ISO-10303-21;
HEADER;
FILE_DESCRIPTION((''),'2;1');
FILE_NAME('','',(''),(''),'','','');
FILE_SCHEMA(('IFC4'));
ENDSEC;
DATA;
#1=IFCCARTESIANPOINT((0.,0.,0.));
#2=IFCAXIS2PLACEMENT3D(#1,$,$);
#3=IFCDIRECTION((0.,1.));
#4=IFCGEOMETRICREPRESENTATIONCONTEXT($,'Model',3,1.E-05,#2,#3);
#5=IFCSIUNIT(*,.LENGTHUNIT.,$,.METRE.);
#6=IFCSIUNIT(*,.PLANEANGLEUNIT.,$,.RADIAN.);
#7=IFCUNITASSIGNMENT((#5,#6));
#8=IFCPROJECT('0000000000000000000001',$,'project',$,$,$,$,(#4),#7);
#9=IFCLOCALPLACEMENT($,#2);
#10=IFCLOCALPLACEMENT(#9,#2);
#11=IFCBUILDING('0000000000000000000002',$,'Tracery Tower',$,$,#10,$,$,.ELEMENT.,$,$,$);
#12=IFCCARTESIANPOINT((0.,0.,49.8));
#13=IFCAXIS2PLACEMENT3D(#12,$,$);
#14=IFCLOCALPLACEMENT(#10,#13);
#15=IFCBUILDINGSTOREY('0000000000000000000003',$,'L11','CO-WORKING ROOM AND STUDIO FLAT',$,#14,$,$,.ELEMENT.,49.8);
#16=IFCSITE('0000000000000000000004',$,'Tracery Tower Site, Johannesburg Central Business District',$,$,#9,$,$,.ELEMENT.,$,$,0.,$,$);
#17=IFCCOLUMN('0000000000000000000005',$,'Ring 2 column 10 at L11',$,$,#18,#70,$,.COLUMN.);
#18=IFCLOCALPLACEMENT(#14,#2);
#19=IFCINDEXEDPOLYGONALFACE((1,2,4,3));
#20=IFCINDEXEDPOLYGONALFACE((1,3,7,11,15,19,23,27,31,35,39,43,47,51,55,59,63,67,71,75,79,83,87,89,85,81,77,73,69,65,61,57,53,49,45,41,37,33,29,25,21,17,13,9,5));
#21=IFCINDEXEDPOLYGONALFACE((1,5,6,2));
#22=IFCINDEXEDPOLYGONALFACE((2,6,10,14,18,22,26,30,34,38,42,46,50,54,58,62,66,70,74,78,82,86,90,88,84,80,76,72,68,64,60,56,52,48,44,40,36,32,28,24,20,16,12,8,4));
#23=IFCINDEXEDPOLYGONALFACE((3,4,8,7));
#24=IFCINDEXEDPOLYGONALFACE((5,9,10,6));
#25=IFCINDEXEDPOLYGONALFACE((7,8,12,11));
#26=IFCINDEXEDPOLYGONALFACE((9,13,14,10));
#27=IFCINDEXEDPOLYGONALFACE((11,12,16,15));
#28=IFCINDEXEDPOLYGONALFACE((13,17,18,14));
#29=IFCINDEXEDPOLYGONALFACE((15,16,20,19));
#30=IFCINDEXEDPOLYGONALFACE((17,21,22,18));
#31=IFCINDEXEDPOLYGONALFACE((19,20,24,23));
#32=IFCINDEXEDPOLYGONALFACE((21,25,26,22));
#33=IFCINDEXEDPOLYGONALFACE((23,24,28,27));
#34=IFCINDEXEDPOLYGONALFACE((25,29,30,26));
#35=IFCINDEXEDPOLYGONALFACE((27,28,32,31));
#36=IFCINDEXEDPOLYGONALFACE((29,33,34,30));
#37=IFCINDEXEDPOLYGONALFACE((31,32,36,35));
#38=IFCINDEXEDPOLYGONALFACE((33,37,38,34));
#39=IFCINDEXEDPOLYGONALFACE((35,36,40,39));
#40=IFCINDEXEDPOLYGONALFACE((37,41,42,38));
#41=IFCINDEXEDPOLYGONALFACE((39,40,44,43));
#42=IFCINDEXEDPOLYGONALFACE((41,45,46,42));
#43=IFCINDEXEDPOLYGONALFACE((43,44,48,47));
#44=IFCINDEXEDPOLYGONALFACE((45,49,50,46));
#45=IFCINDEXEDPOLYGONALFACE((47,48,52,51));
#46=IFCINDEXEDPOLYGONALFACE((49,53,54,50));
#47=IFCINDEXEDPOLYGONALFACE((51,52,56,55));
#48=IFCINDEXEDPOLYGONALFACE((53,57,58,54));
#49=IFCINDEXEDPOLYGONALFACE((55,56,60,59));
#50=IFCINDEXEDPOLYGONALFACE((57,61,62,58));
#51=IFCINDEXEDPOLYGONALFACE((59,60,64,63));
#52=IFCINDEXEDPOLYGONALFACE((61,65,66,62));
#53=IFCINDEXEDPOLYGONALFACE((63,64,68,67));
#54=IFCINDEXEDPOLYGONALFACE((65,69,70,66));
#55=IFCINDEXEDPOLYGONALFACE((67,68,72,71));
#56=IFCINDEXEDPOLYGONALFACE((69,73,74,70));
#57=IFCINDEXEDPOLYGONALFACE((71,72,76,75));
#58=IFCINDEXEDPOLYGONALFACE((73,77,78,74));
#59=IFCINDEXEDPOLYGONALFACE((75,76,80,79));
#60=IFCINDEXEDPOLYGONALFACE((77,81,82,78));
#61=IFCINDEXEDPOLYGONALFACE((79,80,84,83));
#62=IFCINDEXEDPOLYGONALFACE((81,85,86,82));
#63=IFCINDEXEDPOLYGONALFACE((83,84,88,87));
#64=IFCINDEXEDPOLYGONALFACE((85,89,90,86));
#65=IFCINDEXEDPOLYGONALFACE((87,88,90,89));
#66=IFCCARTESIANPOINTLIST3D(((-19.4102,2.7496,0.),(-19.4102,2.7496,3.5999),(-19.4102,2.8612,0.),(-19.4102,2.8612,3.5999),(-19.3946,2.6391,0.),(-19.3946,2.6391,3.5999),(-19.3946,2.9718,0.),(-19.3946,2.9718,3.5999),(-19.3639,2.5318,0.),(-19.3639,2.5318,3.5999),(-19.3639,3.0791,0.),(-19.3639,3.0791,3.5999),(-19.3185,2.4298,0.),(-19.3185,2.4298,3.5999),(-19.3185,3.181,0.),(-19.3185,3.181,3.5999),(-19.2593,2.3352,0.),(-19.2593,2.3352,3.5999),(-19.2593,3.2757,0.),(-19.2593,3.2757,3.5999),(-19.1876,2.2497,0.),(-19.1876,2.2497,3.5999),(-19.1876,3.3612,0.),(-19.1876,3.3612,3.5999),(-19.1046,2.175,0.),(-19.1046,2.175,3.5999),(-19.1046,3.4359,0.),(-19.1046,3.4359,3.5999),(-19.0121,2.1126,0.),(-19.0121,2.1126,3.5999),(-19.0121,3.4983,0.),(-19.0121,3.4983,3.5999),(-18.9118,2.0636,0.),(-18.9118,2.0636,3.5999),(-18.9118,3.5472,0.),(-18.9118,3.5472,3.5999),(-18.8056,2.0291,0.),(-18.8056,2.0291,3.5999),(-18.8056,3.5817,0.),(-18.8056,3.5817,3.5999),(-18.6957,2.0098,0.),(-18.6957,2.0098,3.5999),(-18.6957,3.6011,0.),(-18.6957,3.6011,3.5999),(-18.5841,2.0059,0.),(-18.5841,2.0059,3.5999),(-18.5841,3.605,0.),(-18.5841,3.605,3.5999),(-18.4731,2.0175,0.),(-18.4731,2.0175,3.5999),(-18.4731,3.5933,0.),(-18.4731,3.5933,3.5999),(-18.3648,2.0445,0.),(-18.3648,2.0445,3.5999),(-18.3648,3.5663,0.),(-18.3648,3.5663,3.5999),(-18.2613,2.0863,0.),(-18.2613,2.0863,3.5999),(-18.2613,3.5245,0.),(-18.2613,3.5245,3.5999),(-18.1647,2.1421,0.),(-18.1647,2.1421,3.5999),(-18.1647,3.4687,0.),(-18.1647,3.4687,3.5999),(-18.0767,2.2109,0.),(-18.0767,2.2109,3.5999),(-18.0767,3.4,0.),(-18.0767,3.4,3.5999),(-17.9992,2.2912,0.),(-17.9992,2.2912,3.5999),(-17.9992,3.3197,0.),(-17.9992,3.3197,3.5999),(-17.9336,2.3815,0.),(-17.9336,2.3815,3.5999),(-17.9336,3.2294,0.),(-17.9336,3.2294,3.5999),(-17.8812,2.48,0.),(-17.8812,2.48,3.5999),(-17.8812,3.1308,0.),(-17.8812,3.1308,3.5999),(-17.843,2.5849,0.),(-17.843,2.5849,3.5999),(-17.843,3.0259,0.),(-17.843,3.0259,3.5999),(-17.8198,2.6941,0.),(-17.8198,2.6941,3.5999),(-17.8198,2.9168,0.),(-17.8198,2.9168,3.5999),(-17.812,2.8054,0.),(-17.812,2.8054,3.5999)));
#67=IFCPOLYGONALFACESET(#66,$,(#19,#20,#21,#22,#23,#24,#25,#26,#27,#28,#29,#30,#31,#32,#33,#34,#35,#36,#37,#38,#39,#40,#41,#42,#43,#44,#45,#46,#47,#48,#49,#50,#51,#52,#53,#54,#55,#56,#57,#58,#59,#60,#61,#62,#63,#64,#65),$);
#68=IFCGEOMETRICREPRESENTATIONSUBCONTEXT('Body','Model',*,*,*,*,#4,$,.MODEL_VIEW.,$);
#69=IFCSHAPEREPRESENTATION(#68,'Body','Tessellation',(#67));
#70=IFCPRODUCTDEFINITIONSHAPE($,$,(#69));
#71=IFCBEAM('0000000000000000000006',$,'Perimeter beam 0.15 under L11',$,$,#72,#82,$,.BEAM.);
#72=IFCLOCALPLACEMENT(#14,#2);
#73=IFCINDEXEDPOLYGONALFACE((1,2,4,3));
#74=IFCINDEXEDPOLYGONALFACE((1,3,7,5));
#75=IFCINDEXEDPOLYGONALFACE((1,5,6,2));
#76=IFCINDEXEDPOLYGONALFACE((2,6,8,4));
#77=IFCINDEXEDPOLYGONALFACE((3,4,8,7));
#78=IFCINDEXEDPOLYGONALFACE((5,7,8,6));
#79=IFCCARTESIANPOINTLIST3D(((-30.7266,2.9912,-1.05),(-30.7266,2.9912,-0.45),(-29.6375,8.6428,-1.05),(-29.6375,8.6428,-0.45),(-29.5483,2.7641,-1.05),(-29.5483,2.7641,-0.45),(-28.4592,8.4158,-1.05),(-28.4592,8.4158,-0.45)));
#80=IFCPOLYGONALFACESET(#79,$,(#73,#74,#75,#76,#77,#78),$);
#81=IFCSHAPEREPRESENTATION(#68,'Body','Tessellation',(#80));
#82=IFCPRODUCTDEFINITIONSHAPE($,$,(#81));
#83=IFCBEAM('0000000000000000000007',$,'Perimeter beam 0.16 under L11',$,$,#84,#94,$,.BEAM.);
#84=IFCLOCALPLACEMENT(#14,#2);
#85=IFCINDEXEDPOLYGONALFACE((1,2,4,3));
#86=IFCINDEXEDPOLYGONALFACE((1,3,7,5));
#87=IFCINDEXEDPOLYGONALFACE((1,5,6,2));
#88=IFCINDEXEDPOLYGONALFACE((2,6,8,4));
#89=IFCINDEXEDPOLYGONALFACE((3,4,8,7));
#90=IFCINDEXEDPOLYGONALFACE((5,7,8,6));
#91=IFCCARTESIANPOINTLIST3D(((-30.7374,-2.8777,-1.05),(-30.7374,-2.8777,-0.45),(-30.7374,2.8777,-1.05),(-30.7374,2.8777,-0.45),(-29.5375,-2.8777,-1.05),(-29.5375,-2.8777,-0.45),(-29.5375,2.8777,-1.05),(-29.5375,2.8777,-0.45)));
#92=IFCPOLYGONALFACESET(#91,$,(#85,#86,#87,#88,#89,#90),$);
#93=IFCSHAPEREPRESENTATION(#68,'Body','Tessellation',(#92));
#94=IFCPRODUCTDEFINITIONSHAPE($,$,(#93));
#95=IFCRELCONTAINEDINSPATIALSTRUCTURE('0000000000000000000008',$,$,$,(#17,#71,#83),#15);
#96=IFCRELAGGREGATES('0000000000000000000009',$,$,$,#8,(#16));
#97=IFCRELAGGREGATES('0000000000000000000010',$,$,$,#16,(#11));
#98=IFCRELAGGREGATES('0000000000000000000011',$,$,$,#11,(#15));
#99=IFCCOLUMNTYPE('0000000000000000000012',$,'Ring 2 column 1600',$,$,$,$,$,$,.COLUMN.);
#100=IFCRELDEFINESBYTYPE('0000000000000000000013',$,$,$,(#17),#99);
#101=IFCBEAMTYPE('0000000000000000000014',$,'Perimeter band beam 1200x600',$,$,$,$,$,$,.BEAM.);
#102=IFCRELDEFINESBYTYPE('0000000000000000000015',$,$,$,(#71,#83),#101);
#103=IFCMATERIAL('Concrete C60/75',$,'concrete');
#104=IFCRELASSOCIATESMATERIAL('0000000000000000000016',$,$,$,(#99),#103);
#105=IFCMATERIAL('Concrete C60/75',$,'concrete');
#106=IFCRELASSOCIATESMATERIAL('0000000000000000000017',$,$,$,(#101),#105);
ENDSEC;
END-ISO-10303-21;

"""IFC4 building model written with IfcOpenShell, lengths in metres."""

from ifc_helpers import new_model, si_unit, direction, frame, origin, origin_2d, place, context, subcontext, project, spatial, rectangle, circle, extrude, material, material_profile, profile_set, type_object, element, save


model = new_model("IFC4")

# Units and contexts
model_context = context("Model", 3, precision=1e-05, world=origin(), true_north=direction((0.0, 1.0)))
body_context = subcontext(model_context, "Body", "Model", "MODEL_VIEW")
ifc_project = project(units=[si_unit("LENGTHUNIT", "METRE"), si_unit("PLANEANGLEUNIT", "RADIAN")], contexts=[model_context])

# Site, building, storey
site_placement = place(None, origin())
site = spatial("IfcSite", under=ifc_project, at=site_placement, Name="Tracery Tower Site, Johannesburg Central Business District", CompositionType="ELEMENT", RefElevation=0.0)
building_placement = place(site_placement, origin())
building = spatial("IfcBuilding", under=site, at=building_placement, Name="Tracery Tower", CompositionType="ELEMENT")
storey_placement = place(building_placement, frame((0.0, 0.0, 49.8)))
storey = spatial("IfcBuildingStorey", under=building, at=storey_placement, Name="L11", Description="CO-WORKING ROOM AND STUDIO FLAT", CompositionType="ELEMENT", Elevation=49.8)

# Column
ifc_material_1 = material(Name="Concrete C60/75", Category="concrete")
ifc_material_profile_1 = material_profile(ifc_material_1, circle(Radius=0.8, at=origin_2d()), Name="RC D1600")
ifc_profile_set_1 = profile_set([ifc_material_profile_1], Name="Concrete C60/75")
column_type_1 = type_object("IfcColumnType", Name="Ring 2 column 1600", PredefinedType="COLUMN", material=ifc_profile_set_1)
column_placement = place(storey_placement, frame((-18.6121, 2.8054, 0.0), z_axis=(0.0, 0.0, 1.0), x_axis=(1.0, 0.0, 0.0)))
element("IfcColumn", 1, at=column_placement, inside=storey, type_object=column_type_1, Name="Ring 2 column 10 at L11", PredefinedType="COLUMN", context=body_context, shape_type="SweptSolid", body=[
    extrude(circle(Radius=0.8, at=origin_2d()), origin(), (0.0, 0.0, 1.0), 3.5999),
])

# Beams
ifc_material_2 = material(Name="Concrete C60/75", Category="concrete")
ifc_material_profile_2 = material_profile(ifc_material_2, rectangle(XDim=1.2, YDim=0.6001, at=origin_2d()), Name="RC 1200x600")
ifc_profile_set_2 = profile_set([ifc_material_profile_2], Name="Concrete C60/75")
beam_type = type_object("IfcBeamType", Name="Perimeter band beam 1200x600", PredefinedType="BEAM", material=ifc_profile_set_2)
beam_1_placement = place(storey_placement, frame((-29.0483, 8.5293, -0.75), z_axis=(-0.189227, -0.981933, 0.0), x_axis=(0.981933, -0.189227, 0.0)))
element("IfcBeam", 2, at=beam_1_placement, inside=storey, type_object=beam_type, Name="Perimeter beam 0.15 under L11", PredefinedType="BEAM", context=body_context, shape_type="SweptSolid", body=[
    extrude(rectangle(XDim=1.2, YDim=0.6001, at=origin_2d()), origin(), (0.0, 0.0, 1.0), 5.7556),
])
beam_2_placement = place(storey_placement, frame((-30.1375, 2.8777, -0.75), z_axis=(0.0, -1.0, 0.0), x_axis=(1.0, 0.0, 0.0)))
element("IfcBeam", 3, at=beam_2_placement, inside=storey, type_object=beam_type, Name="Perimeter beam 0.16 under L11", PredefinedType="BEAM", context=body_context, shape_type="SweptSolid", body=[
    extrude(rectangle(XDim=1.2, YDim=0.6001, at=origin_2d()), origin(), (0.0, 0.0, 1.0), 5.7554),
])

save(model, "model.ifc")
